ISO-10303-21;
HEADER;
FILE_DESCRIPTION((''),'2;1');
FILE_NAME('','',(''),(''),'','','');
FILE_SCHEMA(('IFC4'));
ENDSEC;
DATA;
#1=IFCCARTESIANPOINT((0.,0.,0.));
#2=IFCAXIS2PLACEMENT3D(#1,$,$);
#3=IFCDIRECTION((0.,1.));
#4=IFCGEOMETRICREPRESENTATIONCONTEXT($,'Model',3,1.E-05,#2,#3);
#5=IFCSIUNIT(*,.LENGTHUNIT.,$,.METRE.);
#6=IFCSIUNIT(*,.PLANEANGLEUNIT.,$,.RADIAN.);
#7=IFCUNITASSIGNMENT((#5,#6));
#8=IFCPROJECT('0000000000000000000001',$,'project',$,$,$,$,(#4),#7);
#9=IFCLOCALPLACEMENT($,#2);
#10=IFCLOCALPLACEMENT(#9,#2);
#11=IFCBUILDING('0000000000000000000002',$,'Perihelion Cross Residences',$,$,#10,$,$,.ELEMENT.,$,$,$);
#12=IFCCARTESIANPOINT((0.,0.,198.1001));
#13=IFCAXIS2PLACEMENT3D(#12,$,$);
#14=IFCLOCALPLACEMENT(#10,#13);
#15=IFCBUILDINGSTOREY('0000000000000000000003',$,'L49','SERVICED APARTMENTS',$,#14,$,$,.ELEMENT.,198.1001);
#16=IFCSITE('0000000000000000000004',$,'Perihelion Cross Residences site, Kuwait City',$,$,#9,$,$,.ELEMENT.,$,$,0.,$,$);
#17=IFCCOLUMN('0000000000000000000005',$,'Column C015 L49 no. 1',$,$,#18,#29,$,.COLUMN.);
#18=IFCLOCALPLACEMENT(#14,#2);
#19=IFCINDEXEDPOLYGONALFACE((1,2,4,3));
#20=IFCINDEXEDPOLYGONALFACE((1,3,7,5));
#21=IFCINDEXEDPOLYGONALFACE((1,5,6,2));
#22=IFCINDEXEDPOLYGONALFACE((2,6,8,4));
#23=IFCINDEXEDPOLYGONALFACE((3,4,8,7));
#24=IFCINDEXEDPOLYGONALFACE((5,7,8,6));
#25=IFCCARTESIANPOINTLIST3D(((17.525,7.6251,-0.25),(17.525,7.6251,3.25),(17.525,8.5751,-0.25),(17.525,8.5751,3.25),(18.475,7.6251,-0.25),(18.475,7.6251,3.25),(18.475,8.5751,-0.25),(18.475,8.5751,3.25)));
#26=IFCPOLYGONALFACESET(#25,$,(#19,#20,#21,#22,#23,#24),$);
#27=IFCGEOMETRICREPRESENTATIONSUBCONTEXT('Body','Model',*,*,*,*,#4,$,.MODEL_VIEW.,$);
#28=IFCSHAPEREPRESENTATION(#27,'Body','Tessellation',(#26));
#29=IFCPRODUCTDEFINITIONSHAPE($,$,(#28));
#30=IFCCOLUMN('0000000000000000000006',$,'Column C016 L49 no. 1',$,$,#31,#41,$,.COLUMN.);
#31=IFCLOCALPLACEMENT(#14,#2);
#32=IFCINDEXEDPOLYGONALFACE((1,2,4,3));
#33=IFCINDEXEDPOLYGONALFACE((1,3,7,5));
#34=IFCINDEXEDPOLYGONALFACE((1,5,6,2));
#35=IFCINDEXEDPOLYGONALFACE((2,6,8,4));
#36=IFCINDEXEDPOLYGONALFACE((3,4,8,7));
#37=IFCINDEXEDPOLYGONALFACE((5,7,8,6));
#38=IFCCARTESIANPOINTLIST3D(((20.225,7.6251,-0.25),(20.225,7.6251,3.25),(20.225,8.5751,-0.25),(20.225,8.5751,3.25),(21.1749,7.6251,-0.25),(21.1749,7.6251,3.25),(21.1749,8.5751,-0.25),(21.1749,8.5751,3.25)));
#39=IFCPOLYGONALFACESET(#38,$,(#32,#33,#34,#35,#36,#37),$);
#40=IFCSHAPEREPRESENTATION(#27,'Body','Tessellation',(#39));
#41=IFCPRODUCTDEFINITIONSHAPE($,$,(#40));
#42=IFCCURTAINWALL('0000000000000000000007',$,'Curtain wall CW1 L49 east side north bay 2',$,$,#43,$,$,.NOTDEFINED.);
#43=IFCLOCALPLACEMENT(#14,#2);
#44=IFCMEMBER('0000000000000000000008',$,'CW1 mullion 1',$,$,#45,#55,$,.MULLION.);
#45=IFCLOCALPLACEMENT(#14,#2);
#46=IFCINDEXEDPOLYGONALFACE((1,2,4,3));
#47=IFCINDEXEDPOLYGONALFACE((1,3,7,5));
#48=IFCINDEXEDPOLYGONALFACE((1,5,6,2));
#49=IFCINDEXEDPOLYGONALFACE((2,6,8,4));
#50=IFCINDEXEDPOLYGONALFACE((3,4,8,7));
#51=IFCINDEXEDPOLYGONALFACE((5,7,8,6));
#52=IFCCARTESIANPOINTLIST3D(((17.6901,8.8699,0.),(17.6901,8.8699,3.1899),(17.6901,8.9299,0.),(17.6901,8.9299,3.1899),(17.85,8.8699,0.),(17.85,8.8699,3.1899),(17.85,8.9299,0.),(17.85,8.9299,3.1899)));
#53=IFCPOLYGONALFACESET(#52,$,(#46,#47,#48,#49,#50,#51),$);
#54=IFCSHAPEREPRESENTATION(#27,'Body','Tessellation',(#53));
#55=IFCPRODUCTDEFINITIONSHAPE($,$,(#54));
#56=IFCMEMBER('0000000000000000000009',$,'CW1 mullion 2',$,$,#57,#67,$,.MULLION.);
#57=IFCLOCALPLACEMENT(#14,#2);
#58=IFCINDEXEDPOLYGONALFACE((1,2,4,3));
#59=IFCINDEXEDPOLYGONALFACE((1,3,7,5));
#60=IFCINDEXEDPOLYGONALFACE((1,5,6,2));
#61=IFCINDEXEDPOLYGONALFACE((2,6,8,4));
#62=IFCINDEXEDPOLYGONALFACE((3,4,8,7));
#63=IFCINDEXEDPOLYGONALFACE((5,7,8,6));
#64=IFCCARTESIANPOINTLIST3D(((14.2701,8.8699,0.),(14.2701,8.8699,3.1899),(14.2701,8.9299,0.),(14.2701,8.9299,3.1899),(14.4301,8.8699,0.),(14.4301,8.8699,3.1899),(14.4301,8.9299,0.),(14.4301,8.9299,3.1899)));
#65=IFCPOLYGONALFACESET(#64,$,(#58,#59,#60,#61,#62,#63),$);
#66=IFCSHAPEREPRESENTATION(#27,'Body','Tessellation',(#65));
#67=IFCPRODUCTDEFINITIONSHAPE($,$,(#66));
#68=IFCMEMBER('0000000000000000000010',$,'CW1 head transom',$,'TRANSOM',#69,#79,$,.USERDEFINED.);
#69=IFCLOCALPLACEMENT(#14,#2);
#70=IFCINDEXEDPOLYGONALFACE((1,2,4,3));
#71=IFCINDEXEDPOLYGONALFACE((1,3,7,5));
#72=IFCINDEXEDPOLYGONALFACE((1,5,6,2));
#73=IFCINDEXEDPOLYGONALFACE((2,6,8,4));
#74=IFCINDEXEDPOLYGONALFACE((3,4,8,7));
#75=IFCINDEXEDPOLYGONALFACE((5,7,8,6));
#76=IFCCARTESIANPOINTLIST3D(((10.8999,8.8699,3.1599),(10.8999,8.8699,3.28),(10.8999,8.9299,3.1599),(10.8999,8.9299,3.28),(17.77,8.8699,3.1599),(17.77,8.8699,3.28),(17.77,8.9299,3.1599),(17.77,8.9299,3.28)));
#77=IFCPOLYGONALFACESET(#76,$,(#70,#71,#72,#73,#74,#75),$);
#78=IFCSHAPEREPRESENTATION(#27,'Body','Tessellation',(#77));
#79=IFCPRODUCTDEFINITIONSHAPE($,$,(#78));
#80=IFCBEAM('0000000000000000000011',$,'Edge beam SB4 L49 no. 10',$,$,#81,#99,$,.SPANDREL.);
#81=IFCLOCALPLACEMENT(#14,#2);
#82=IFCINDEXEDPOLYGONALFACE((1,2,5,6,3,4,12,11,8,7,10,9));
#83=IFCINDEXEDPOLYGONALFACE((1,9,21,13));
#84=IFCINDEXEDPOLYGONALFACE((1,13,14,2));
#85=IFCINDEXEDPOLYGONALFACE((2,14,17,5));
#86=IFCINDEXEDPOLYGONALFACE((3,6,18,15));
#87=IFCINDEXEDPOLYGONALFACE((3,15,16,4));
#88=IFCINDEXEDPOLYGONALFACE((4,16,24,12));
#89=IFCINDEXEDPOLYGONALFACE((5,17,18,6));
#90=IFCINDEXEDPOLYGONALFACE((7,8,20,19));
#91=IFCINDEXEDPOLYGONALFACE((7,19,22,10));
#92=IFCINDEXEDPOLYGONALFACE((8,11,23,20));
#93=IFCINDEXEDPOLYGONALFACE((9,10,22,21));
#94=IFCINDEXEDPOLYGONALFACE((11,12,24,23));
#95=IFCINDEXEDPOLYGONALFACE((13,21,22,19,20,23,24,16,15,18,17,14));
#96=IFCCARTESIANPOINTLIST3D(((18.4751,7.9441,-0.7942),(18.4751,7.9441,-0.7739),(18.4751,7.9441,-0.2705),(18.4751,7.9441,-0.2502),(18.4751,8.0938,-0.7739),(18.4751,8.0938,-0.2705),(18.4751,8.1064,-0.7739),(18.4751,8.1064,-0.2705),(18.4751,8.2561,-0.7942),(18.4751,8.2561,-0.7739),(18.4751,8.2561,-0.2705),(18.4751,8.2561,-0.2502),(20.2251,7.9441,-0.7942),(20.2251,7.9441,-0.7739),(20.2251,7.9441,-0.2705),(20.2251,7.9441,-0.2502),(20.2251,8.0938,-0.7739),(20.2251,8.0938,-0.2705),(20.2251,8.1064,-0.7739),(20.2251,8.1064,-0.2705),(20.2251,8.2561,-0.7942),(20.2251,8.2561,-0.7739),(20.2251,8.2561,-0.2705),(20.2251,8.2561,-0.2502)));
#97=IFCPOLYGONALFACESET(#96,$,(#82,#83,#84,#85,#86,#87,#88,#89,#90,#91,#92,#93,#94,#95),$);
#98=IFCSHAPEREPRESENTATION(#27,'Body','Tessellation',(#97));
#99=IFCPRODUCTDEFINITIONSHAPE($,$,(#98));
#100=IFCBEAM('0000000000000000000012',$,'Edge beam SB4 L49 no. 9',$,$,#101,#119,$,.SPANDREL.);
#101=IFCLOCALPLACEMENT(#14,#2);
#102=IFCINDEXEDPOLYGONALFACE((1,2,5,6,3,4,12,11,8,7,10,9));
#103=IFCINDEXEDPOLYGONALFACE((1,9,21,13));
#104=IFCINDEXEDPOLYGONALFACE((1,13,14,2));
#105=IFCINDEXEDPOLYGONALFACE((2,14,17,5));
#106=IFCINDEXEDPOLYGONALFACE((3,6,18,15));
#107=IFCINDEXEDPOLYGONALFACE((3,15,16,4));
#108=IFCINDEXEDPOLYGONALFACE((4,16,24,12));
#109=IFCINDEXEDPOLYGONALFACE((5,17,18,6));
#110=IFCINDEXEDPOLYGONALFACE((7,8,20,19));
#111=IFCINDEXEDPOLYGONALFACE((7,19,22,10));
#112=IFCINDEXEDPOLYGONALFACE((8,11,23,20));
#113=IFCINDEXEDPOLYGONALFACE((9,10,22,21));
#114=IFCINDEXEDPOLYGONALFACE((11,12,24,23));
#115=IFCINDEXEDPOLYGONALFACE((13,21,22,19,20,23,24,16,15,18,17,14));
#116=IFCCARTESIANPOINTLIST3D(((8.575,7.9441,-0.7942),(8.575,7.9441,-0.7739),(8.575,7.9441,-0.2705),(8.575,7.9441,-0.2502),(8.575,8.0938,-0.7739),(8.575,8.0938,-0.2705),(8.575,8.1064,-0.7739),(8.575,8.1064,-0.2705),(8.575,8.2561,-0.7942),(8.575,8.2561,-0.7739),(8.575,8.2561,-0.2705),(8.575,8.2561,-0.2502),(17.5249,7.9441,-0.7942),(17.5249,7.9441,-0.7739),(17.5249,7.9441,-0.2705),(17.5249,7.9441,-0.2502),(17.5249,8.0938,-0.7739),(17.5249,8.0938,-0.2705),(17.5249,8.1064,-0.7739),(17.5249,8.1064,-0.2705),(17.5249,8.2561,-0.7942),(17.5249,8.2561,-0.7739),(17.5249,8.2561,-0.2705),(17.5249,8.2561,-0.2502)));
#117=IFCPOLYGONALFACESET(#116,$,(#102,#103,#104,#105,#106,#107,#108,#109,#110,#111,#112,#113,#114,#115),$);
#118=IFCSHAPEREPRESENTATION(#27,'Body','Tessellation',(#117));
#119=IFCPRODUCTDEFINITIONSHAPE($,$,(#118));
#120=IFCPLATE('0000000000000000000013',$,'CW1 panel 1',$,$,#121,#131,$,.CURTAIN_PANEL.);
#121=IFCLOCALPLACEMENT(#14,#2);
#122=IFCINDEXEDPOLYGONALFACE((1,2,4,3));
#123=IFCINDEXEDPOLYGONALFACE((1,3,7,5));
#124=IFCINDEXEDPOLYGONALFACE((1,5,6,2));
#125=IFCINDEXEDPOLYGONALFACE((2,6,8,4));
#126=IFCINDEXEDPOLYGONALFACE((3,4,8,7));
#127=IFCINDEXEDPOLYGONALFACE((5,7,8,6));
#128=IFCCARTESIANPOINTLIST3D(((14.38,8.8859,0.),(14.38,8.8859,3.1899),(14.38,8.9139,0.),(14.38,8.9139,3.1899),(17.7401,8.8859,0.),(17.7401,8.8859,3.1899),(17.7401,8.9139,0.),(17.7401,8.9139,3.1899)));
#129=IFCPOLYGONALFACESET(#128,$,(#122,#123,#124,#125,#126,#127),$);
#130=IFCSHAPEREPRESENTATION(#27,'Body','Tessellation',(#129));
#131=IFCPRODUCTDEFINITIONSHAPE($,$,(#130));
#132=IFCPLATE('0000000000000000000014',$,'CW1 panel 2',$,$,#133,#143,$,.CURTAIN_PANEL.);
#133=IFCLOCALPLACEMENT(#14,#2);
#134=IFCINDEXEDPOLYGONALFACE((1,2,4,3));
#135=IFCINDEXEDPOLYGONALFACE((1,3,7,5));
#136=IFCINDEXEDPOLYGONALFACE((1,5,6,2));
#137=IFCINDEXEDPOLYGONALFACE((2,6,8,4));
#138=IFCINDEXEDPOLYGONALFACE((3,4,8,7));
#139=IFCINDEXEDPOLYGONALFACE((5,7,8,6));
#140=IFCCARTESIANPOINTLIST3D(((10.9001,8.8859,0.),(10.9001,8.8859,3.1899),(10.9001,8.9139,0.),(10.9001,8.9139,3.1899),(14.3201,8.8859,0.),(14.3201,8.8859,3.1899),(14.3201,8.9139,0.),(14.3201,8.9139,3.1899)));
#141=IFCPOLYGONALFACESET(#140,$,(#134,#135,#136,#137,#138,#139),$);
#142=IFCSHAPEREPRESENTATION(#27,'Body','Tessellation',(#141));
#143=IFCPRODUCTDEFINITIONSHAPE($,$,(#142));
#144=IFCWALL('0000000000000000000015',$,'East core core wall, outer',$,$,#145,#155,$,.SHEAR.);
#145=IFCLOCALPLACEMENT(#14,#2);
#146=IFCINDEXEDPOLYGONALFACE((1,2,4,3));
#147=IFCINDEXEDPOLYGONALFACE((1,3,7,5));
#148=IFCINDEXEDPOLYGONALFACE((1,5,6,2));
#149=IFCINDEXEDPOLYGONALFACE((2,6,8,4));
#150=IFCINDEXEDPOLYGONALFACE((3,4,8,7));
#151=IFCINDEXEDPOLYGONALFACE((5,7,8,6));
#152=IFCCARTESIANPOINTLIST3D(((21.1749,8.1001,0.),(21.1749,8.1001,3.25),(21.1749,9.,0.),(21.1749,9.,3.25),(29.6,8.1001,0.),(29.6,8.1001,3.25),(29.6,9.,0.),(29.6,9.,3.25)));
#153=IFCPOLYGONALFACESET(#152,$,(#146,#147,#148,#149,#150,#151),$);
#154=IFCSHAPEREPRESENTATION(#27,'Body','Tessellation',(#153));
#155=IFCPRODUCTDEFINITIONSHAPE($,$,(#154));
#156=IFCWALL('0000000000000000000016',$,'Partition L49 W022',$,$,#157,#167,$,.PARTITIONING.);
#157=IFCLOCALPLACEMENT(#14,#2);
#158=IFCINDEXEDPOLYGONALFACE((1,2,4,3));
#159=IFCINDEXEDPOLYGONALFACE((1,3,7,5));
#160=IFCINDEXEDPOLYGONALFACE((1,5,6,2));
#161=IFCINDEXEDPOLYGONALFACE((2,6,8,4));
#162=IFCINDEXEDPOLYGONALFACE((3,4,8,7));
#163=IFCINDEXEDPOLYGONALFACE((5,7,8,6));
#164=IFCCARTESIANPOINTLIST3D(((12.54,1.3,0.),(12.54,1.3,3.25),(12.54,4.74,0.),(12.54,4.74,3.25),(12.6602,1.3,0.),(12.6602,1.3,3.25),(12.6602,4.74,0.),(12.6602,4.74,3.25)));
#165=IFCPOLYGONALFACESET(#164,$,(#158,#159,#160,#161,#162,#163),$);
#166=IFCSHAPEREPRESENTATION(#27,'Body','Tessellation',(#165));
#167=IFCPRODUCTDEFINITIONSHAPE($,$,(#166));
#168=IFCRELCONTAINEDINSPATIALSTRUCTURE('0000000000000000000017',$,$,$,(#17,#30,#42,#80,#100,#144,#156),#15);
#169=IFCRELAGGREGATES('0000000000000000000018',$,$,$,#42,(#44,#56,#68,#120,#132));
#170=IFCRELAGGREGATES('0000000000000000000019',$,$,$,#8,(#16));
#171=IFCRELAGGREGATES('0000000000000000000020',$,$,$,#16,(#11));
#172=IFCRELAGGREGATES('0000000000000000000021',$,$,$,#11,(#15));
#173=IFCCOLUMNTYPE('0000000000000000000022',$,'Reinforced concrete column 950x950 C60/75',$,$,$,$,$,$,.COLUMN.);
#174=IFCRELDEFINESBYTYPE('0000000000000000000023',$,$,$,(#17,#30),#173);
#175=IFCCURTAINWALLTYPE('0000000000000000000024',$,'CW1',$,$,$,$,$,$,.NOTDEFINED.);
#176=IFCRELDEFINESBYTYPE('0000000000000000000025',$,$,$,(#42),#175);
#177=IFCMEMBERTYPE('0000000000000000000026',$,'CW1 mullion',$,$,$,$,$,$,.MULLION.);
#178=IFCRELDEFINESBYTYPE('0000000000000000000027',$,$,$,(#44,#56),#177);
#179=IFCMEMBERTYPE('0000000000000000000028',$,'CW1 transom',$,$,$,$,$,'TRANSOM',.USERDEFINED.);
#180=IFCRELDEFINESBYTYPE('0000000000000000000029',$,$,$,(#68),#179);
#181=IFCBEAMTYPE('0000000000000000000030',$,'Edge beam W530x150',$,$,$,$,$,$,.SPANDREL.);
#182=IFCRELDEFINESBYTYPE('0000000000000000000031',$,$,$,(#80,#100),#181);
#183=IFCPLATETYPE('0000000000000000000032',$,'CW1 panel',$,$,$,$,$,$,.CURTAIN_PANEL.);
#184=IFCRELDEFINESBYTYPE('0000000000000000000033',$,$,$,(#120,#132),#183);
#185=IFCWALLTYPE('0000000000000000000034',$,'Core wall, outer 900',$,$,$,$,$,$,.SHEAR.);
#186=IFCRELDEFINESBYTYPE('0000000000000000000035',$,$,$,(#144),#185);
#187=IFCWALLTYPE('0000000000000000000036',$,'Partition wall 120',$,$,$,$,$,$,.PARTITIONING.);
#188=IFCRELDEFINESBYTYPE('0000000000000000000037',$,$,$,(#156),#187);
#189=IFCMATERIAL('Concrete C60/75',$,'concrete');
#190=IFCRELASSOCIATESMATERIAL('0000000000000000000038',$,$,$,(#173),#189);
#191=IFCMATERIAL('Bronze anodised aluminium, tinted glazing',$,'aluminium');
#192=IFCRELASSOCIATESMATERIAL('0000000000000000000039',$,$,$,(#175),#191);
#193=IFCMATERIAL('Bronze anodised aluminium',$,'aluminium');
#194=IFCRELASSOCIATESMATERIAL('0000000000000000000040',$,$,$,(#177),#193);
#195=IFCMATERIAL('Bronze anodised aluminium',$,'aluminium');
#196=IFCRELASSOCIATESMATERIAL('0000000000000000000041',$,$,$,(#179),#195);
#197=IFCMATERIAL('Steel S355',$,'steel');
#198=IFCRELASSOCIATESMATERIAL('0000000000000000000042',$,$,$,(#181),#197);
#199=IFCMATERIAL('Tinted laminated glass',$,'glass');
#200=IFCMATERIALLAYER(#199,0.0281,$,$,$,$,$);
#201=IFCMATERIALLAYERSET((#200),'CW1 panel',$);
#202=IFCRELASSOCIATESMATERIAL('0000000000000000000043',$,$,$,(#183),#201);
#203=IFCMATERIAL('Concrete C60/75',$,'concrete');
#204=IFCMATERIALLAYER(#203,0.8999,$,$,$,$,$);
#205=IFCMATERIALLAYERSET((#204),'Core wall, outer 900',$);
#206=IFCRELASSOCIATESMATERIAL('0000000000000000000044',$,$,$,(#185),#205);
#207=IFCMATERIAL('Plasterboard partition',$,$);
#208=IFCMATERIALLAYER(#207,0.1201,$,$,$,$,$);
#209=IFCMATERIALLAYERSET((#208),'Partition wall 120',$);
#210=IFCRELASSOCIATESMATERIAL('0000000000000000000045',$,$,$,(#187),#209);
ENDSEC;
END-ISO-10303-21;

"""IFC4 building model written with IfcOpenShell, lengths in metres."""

from ifc_helpers import new_model, si_unit, direction, frame, frame_2d, origin, origin_2d, place, context, subcontext, project, spatial, rectangle, i_section, extrude, material, layer, layer_set, material_profile, profile_set, type_object, element, aggregate, save


model = new_model("IFC4")

# Units and contexts
model_context = context("Model", 3, precision=1e-05, world=origin(), true_north=direction((0.0, 1.0)))
body_context = subcontext(model_context, "Body", "Model", "MODEL_VIEW")
ifc_project = project(units=[si_unit("LENGTHUNIT", "METRE"), si_unit("PLANEANGLEUNIT", "RADIAN")], contexts=[model_context])

# Site, building, storey
site_placement = place(None, origin())
site = spatial("IfcSite", under=ifc_project, at=site_placement, Name="Perihelion Cross Residences site, Kuwait City", CompositionType="ELEMENT", RefElevation=0.0)
building_placement = place(site_placement, origin())
building = spatial("IfcBuilding", under=site, at=building_placement, Name="Perihelion Cross Residences", CompositionType="ELEMENT")
storey_placement = place(building_placement, frame((0.0, 0.0, 198.1001)))
storey = spatial("IfcBuildingStorey", under=building, at=storey_placement, Name="L49", Description="SERVICED APARTMENTS", CompositionType="ELEMENT", Elevation=198.1001)

# Columns
ifc_material_1 = material(Name="Concrete C60/75", Category="concrete")
ifc_material_profile_1 = material_profile(ifc_material_1, rectangle(XDim=0.95, YDim=0.95, at=origin_2d()), Name="RC 950x950")
ifc_profile_set_1 = profile_set([ifc_material_profile_1], Name="Concrete C60/75")
column_type = type_object("IfcColumnType", Name="Reinforced concrete column 950x950 C60/75", PredefinedType="COLUMN", material=ifc_profile_set_1)
for number, where, z_axis, x_axis, name in (
    (1, (18.0, 8.1001, -0.25), (0.0, 0.0, 1.0), (1.0, 0.0, 0.0), "Column C015 L49 no. 1"),
    (2, (20.7, 8.1001, -0.25), (0.0, 0.0, 1.0), (1.0, 0.0, 0.0), "Column C016 L49 no. 1"),
):
    element("IfcColumn", number, at=place(storey_placement, frame(where, z_axis=z_axis, x_axis=x_axis)), inside=storey, type_object=column_type, Name=name, PredefinedType="COLUMN", context=body_context, shape_type="SweptSolid", body=[
        extrude(rectangle(XDim=0.95, YDim=0.95, at=origin_2d()), origin(), (0.0, 0.0, 1.0), 3.5),
    ])

# Curtain wall, members
ifc_material_2 = material(Name="Bronze anodised aluminium, tinted glazing", Category="aluminium")
curtain_wall_type = type_object("IfcCurtainWallType", Name="CW1", PredefinedType="NOTDEFINED", material=ifc_material_2)
curtain_wall_placement = place(storey_placement, origin())
curtain_wall = element("IfcCurtainWall", 3, at=curtain_wall_placement, inside=storey, type_object=curtain_wall_type, Name="Curtain wall CW1 L49 east side north bay 2", PredefinedType="NOTDEFINED")
ifc_material_3 = material(Name="Bronze anodised aluminium", Category="aluminium")
ifc_material_profile_2 = material_profile(ifc_material_3, rectangle(XDim=0.0601, YDim=0.1599, at=origin_2d()), Name="CW1 mullion")
ifc_profile_set_2 = profile_set([ifc_material_profile_2], Name="Bronze anodised aluminium")
member_type_1 = type_object("IfcMemberType", Name="CW1 mullion", PredefinedType="MULLION", material=ifc_profile_set_2)
member_1_placement = place(storey_placement, frame((17.77, 8.8999, 0.0), z_axis=(0.0, 0.0, 1.0), x_axis=(0.0, -1.0, 0.0)))
member_1 = element("IfcMember", 4, at=member_1_placement, type_object=member_type_1, Name="CW1 mullion 1", PredefinedType="MULLION", context=body_context, shape_type="SweptSolid", body=[
    extrude(rectangle(XDim=0.0601, YDim=0.1599, at=origin_2d()), origin(), (0.0, 0.0, 1.0), 3.1899),
])
member_2_placement = place(storey_placement, frame((14.3501, 8.8999, 0.0), z_axis=(0.0, 0.0, 1.0), x_axis=(0.0, -1.0, 0.0)))
member_2 = element("IfcMember", 5, at=member_2_placement, type_object=member_type_1, Name="CW1 mullion 2", PredefinedType="MULLION", context=body_context, shape_type="SweptSolid", body=[
    extrude(rectangle(XDim=0.0601, YDim=0.1599, at=origin_2d()), origin(), (0.0, 0.0, 1.0), 3.1899),
])
ifc_material_4 = material(Name="Bronze anodised aluminium", Category="aluminium")
ifc_material_profile_3 = material_profile(ifc_material_4, rectangle(XDim=0.0601, YDim=0.1201, at=origin_2d()), Name="CW1 transom")
ifc_profile_set_3 = profile_set([ifc_material_profile_3], Name="Bronze anodised aluminium")
member_type_2 = type_object("IfcMemberType", Name="CW1 transom", ElementType="TRANSOM", PredefinedType="USERDEFINED", material=ifc_profile_set_3)
member_3_placement = place(storey_placement, frame((17.77, 8.8999, 3.22), z_axis=(-1.0, 0.0, 0.0), x_axis=(0.0, -1.0, 0.0)))
member_3 = element("IfcMember", 6, at=member_3_placement, type_object=member_type_2, Name="CW1 head transom", ObjectType="TRANSOM", PredefinedType="USERDEFINED", context=body_context, shape_type="SweptSolid", body=[
    extrude(rectangle(XDim=0.0601, YDim=0.1201, at=origin_2d()), origin(), (0.0, 0.0, 1.0), 6.8701),
])

# Beams
ifc_material_5 = material(Name="Steel S355", Category="steel")
ifc_material_profile_4 = material_profile(ifc_material_5, i_section(OverallWidth=0.312, OverallDepth=0.5439, WebThickness=0.0127, FlangeThickness=0.0203, at=origin_2d()), Name="W530x150")
ifc_profile_set_4 = profile_set([ifc_material_profile_4], Name="Steel S355")
beam_type = type_object("IfcBeamType", Name="Edge beam W530x150", PredefinedType="SPANDREL", material=ifc_profile_set_4)
beam_1_placement = place(storey_placement, frame((20.2251, 8.1001, -0.5222), z_axis=(-1.0, 0.0, 0.0), x_axis=(0.0, -1.0, 0.0)))
element("IfcBeam", 7, at=beam_1_placement, inside=storey, type_object=beam_type, Name="Edge beam SB4 L49 no. 10", PredefinedType="SPANDREL", context=body_context, shape_type="SweptSolid", body=[
    extrude(i_section(OverallWidth=0.312, OverallDepth=0.5439, WebThickness=0.0127, FlangeThickness=0.0203, at=origin_2d()), origin(), (0.0, 0.0, 1.0), 1.75),
])
beam_2_placement = place(storey_placement, frame((17.5249, 8.1001, -0.5222), z_axis=(-1.0, 0.0, 0.0), x_axis=(0.0, -1.0, 0.0)))
element("IfcBeam", 8, at=beam_2_placement, inside=storey, type_object=beam_type, Name="Edge beam SB4 L49 no. 9", PredefinedType="SPANDREL", context=body_context, shape_type="SweptSolid", body=[
    extrude(i_section(OverallWidth=0.312, OverallDepth=0.5439, WebThickness=0.0127, FlangeThickness=0.0203, at=origin_2d()), origin(), (0.0, 0.0, 1.0), 8.95),
])

# Plates
ifc_material_6 = material(Name="Tinted laminated glass", Category="glass")
ifc_layer_1 = layer(ifc_material_6, 0.0281)
ifc_layer_set_1 = layer_set([ifc_layer_1], Name="CW1 panel")
plate_type = type_object("IfcPlateType", Name="CW1 panel", PredefinedType="CURTAIN_PANEL", material=ifc_layer_set_1)
plate_1_placement = place(storey_placement, frame((16.0601, 8.8999, 0.0), z_axis=(0.0, 0.0, 1.0), x_axis=(-1.0, 0.0, 0.0)))
plate_1 = element("IfcPlate", 9, at=plate_1_placement, type_object=plate_type, Name="CW1 panel 1", PredefinedType="CURTAIN_PANEL", context=body_context, shape_type="SweptSolid", body=[
    extrude(rectangle(XDim=3.3601, YDim=0.0281, at=origin_2d()), origin(), (0.0, 0.0, 1.0), 3.1899),
])
plate_2_placement = place(storey_placement, frame((12.6101, 8.8999, 0.0), z_axis=(0.0, 0.0, 1.0), x_axis=(-1.0, 0.0, 0.0)))
plate_2 = element("IfcPlate", 10, at=plate_2_placement, type_object=plate_type, Name="CW1 panel 2", PredefinedType="CURTAIN_PANEL", context=body_context, shape_type="SweptSolid", body=[
    extrude(rectangle(XDim=3.4199, YDim=0.0281, at=origin_2d()), origin(), (0.0, 0.0, 1.0), 3.1899),
])
aggregate(curtain_wall, [member_1, member_2, member_3, plate_1, plate_2])

# Walls
ifc_material_7 = material(Name="Concrete C60/75", Category="concrete")
ifc_layer_2 = layer(ifc_material_7, 0.8999)
ifc_layer_set_2 = layer_set([ifc_layer_2], Name="Core wall, outer 900")
wall_type_1 = type_object("IfcWallType", Name="Core wall, outer 900", PredefinedType="SHEAR", material=ifc_layer_set_2)
wall_1_placement = place(storey_placement, frame((21.175, 8.55, 0.0), z_axis=(0.0, 0.0, 1.0), x_axis=(1.0, 0.0, 0.0)))
element("IfcWall", 11, at=wall_1_placement, inside=storey, type_object=wall_type_1, Name="East core core wall, outer", PredefinedType="SHEAR", context=body_context, shape_type="SweptSolid", body=[
    extrude(rectangle(XDim=8.425, YDim=0.8999, at=frame_2d((4.2124, 0.0))), origin(), (0.0, 0.0, 1.0), 3.25),
])
ifc_material_8 = material(Name="Plasterboard partition")
ifc_layer_3 = layer(ifc_material_8, 0.1201)
ifc_layer_set_3 = layer_set([ifc_layer_3], Name="Partition wall 120")
wall_type_2 = type_object("IfcWallType", Name="Partition wall 120", PredefinedType="PARTITIONING", material=ifc_layer_set_3)
wall_2_placement = place(storey_placement, frame((12.6001, 4.74, 0.0), z_axis=(0.0, 0.0, 1.0), x_axis=(0.0, -1.0, 0.0)))
element("IfcWall", 12, at=wall_2_placement, inside=storey, type_object=wall_type_2, Name="Partition L49 W022", PredefinedType="PARTITIONING", context=body_context, shape_type="SweptSolid", body=[
    extrude(rectangle(XDim=3.4399, YDim=0.1201, at=frame_2d((1.72, 0.0))), origin(), (0.0, 0.0, 1.0), 3.25),
])

save(model, "model.ifc")
